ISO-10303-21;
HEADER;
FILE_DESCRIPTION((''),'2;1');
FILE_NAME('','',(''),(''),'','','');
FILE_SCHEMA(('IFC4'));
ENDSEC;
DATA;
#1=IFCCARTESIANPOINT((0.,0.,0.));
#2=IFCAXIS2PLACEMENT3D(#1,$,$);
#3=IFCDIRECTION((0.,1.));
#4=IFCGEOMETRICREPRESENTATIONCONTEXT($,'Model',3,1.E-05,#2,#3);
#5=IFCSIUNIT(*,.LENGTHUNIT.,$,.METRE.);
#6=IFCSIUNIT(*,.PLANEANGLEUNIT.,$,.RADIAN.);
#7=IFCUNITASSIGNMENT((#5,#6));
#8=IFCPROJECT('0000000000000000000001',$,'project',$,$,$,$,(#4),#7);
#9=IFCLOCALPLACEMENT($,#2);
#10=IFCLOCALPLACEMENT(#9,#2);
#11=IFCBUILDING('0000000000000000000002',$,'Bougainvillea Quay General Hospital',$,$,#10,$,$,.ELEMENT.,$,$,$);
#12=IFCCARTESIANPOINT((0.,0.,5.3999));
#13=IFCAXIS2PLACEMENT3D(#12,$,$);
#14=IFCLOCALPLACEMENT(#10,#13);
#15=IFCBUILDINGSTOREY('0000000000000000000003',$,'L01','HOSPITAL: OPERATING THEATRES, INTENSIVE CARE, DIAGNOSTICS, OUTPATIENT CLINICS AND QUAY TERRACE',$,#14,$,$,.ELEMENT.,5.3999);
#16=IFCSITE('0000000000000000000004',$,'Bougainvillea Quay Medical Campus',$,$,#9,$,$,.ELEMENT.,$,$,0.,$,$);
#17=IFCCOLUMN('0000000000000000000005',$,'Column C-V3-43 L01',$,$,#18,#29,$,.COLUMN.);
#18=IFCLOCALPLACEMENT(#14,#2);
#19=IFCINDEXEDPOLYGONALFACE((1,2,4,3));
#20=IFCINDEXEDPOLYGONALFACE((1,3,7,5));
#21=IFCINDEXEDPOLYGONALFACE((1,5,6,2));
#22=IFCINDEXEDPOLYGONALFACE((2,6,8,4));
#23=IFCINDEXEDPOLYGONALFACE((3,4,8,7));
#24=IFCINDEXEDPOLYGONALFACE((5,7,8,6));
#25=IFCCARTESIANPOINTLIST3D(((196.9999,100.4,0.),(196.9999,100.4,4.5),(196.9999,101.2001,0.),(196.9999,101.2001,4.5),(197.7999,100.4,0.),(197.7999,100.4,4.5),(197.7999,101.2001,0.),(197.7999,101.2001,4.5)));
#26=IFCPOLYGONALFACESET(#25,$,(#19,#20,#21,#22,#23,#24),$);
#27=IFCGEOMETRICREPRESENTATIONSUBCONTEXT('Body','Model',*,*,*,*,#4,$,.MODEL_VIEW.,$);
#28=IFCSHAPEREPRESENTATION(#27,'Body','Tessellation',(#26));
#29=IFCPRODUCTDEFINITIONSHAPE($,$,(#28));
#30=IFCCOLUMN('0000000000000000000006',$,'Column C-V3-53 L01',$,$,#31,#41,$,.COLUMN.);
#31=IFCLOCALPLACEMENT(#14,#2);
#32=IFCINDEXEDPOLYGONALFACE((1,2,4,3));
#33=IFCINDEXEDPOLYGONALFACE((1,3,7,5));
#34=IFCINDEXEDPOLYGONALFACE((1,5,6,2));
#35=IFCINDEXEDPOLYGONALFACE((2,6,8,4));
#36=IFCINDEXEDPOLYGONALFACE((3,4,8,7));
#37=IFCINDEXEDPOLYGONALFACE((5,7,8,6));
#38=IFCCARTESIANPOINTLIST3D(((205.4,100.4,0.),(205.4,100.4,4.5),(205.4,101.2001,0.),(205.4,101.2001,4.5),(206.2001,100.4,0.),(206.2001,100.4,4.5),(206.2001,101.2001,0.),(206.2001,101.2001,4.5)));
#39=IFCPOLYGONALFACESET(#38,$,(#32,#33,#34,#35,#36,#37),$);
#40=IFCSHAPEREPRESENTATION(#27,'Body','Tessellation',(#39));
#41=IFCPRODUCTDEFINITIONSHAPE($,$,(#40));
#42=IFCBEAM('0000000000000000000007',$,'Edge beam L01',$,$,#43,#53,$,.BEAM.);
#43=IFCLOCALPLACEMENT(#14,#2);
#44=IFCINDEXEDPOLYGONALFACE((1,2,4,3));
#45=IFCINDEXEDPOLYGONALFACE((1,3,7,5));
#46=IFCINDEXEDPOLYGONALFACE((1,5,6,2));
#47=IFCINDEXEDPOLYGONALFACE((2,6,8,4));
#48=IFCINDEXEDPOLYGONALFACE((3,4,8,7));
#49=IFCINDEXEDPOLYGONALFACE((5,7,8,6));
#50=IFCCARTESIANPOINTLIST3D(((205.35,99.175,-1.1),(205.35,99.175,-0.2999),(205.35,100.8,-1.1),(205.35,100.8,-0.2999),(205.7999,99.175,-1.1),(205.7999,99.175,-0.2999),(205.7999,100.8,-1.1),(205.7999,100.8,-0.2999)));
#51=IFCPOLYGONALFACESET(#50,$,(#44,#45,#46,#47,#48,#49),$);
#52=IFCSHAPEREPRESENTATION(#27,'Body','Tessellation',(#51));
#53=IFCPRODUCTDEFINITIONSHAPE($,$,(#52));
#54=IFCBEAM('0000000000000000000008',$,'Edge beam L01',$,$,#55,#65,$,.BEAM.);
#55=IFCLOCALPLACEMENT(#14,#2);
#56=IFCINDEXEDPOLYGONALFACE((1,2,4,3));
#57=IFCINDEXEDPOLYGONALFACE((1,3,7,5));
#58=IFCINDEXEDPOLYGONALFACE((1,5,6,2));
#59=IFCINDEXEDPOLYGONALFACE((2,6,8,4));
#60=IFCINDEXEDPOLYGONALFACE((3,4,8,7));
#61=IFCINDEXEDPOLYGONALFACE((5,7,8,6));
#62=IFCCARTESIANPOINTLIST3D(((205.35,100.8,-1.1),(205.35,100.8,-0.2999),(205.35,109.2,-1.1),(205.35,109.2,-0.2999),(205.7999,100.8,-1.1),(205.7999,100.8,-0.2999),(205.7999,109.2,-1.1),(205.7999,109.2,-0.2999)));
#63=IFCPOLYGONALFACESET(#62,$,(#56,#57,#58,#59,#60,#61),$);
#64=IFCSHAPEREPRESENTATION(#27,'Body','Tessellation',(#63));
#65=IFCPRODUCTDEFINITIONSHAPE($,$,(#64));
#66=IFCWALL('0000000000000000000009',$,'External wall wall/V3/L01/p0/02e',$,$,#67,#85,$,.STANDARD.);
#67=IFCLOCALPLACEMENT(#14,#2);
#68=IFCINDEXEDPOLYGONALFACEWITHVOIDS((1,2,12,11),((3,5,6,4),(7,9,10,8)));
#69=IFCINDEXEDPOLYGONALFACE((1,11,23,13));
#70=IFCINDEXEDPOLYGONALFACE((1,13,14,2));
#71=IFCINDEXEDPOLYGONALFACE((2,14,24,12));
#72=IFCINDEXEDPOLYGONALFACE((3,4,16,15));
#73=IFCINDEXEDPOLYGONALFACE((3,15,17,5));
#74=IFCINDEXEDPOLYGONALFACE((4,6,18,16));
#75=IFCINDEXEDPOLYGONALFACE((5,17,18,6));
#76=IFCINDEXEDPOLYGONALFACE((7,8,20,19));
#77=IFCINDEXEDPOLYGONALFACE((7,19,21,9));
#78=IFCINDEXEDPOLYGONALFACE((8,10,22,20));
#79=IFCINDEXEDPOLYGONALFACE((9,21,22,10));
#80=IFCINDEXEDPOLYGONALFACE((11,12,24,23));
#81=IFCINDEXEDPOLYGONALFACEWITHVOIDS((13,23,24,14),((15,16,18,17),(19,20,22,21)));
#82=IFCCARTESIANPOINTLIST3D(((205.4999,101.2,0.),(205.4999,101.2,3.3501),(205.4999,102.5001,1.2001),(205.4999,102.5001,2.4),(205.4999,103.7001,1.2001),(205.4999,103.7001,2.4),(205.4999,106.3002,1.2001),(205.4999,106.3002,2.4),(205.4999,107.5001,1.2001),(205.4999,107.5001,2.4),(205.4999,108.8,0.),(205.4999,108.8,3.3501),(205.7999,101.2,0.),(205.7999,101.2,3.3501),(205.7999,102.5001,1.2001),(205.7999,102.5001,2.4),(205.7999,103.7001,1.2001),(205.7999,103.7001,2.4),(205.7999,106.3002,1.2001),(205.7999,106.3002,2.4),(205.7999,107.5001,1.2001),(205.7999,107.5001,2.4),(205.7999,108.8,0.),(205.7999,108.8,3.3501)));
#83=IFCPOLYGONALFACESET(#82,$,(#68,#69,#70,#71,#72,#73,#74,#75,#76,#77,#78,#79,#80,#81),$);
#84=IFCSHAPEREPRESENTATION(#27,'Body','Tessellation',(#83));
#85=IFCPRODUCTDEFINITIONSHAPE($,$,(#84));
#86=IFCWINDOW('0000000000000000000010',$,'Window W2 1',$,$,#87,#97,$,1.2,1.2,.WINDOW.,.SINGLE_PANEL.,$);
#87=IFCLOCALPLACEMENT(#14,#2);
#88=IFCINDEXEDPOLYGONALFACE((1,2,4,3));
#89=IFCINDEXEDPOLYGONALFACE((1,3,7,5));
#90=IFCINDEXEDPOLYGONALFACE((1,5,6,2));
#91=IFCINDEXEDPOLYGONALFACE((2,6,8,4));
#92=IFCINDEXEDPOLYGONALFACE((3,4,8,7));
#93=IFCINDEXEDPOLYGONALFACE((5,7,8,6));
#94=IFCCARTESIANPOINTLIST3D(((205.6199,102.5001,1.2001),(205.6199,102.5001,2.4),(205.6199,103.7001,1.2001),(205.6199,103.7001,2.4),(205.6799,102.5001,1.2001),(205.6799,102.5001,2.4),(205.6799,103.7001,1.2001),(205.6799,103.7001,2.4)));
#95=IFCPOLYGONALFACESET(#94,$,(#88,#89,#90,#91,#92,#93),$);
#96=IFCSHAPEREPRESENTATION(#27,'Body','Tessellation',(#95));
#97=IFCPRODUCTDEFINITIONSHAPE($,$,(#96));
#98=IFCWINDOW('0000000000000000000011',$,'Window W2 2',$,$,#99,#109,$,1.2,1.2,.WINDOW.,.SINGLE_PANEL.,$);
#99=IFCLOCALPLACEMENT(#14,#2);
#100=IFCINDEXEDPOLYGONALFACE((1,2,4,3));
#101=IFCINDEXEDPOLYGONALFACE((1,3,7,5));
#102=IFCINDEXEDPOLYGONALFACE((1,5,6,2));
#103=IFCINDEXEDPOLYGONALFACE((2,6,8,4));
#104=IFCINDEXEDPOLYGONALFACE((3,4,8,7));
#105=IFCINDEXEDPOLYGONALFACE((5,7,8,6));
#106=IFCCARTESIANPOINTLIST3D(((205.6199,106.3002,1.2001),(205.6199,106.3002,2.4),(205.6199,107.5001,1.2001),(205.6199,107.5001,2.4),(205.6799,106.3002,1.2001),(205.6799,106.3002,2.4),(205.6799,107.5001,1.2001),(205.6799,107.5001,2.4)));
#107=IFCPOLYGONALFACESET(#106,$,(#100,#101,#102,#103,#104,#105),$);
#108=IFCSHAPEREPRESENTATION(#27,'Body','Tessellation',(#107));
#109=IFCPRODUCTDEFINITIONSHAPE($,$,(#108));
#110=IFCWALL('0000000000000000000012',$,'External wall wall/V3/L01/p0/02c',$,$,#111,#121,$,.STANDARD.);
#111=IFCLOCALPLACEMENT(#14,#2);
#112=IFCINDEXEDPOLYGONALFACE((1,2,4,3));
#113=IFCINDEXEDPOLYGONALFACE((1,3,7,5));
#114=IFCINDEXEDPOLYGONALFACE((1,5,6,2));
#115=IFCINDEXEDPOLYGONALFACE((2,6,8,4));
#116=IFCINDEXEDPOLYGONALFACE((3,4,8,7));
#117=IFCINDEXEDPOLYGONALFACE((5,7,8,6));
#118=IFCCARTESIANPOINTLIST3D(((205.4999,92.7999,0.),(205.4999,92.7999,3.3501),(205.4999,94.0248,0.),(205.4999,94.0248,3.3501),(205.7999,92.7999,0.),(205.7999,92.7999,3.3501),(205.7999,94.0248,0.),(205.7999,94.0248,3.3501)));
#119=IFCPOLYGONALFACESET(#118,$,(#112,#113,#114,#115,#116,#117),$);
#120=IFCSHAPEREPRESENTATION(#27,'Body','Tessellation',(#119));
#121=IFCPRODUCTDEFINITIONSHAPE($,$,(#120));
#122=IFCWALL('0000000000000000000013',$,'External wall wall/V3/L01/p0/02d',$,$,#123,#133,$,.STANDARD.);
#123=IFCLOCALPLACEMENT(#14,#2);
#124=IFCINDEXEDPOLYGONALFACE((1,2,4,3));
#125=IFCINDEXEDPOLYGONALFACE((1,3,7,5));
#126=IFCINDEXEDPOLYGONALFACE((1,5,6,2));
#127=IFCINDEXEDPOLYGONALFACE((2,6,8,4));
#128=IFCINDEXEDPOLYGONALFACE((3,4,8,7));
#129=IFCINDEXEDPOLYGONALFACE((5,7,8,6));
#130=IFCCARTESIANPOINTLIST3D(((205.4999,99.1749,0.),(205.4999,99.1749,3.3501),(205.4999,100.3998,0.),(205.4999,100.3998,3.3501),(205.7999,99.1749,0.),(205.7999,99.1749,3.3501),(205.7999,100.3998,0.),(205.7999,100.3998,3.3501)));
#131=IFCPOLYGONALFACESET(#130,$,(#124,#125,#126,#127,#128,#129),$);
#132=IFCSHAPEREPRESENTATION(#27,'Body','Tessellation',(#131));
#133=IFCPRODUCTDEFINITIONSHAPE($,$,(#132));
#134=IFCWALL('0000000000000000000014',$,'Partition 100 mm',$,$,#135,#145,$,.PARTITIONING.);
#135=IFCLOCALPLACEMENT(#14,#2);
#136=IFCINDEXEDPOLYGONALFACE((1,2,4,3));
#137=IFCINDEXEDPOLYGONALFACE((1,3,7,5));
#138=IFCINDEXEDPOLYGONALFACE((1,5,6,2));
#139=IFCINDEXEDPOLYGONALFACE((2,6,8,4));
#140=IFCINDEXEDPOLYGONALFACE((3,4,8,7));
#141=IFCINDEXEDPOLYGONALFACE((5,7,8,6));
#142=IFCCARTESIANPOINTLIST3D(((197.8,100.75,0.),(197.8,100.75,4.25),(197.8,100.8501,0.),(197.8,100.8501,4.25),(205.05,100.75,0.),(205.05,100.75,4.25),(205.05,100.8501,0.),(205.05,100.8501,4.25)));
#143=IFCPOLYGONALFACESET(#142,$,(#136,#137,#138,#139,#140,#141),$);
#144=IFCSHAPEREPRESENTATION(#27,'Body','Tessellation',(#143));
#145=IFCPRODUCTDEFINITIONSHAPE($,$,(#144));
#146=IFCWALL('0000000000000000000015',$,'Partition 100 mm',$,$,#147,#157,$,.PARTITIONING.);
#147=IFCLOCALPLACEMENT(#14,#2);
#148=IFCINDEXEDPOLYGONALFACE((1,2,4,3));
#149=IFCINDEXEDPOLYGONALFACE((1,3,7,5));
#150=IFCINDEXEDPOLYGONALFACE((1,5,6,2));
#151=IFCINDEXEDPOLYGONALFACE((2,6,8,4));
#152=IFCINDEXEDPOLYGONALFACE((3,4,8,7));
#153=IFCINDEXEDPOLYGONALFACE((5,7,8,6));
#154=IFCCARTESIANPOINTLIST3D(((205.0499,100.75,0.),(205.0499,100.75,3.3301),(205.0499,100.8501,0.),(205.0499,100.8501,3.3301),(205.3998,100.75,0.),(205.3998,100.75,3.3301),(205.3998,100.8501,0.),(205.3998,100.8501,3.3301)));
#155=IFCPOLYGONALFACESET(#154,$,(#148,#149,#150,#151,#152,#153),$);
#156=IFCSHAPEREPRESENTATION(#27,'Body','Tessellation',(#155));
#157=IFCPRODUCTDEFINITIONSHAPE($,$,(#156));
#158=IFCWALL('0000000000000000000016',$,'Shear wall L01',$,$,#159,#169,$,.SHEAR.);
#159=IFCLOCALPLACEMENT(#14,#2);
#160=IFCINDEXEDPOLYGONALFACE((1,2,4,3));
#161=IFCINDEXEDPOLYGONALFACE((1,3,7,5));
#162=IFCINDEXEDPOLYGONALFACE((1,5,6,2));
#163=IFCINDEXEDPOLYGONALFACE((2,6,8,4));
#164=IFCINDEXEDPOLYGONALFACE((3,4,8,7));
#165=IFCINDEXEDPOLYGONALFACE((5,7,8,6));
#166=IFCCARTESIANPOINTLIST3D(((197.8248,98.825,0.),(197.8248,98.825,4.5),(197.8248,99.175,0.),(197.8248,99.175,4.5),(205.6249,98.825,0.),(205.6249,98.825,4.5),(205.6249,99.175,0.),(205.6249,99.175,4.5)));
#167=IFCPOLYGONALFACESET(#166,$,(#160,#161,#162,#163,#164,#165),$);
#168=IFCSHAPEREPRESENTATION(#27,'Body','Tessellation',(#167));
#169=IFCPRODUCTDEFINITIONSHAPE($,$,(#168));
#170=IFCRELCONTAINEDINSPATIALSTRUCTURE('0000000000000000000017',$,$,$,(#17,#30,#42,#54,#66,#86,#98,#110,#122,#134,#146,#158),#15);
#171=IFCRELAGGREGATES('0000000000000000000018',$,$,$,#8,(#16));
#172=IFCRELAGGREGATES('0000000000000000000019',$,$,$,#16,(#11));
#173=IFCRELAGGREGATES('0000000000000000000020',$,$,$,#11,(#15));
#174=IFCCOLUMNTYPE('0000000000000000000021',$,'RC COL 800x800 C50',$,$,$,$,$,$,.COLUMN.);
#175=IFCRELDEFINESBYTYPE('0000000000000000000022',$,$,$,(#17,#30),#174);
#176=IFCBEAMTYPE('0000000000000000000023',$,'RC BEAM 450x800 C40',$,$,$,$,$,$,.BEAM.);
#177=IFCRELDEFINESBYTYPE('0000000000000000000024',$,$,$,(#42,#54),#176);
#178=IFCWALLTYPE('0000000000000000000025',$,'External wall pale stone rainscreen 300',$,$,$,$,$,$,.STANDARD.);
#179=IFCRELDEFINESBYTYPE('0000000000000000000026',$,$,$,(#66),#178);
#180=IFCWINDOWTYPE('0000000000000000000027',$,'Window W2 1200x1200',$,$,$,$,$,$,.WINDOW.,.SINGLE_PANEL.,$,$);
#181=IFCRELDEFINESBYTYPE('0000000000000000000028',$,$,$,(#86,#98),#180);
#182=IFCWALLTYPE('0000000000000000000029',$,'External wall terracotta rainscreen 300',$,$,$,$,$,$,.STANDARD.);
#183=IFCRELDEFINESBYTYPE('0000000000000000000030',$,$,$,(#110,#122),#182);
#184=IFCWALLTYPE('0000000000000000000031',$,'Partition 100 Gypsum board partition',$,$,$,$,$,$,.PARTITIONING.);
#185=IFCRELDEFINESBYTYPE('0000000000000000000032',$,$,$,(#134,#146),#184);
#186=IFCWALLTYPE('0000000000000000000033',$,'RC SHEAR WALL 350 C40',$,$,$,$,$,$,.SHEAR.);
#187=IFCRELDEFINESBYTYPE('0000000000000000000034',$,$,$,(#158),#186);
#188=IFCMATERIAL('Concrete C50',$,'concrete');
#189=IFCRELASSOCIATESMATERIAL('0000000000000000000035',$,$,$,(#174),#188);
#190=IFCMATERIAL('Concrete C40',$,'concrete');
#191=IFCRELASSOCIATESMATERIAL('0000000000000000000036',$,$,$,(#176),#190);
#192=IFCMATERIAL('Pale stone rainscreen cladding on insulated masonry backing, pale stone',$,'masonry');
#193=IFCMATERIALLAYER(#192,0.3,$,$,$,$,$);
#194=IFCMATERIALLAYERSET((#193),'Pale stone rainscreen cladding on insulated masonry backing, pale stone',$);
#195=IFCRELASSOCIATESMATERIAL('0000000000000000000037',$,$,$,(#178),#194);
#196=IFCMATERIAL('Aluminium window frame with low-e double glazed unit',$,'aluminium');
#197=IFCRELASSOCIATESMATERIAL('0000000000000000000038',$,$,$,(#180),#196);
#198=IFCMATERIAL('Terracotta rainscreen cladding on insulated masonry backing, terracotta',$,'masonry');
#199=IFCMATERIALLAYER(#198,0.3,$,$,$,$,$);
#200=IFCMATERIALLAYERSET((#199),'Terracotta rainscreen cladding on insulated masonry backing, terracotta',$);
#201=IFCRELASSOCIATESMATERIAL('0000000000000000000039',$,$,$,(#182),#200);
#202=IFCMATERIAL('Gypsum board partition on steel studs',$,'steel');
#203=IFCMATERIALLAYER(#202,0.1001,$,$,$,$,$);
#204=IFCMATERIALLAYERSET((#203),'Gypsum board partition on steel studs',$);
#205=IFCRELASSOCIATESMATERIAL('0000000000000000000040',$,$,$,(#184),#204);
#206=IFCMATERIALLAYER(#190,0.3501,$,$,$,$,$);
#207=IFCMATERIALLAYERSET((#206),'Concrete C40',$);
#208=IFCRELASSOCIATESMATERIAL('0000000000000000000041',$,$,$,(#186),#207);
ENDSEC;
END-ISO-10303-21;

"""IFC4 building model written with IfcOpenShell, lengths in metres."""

from ifc_helpers import new_model, si_unit, direction, frame, frame_2d, origin, origin_2d, place, context, subcontext, project, spatial, rectangle, extrude, material, layer, layer_set, material_profile, profile_set, type_object, element, fill, save


model = new_model("IFC4")

# Units and contexts
model_context = context("Model", 3, precision=1e-05, world=origin(), true_north=direction((0.0, 1.0)))
body_context = subcontext(model_context, "Body", "Model", "MODEL_VIEW")
ifc_project = project(units=[si_unit("LENGTHUNIT", "METRE"), si_unit("PLANEANGLEUNIT", "RADIAN")], contexts=[model_context])

# Site, building, storey
site_placement = place(None, origin())
site = spatial("IfcSite", under=ifc_project, at=site_placement, Name="Bougainvillea Quay Medical Campus", CompositionType="ELEMENT", RefElevation=0.0)
building_placement = place(site_placement, origin())
building = spatial("IfcBuilding", under=site, at=building_placement, Name="Bougainvillea Quay General Hospital", CompositionType="ELEMENT")
storey_placement = place(building_placement, frame((0.0, 0.0, 5.3999)))
storey = spatial("IfcBuildingStorey", under=building, at=storey_placement, Name="L01", Description="HOSPITAL: OPERATING THEATRES, INTENSIVE CARE, DIAGNOSTICS, OUTPATIENT CLINICS AND QUAY TERRACE", CompositionType="ELEMENT", Elevation=5.3999)

# Columns
ifc_material_1 = material(Name="Concrete C50", Category="concrete")
ifc_material_profile_1 = material_profile(ifc_material_1, rectangle(XDim=0.8, YDim=0.8, at=origin_2d()))
ifc_profile_set_1 = profile_set([ifc_material_profile_1], Name="Concrete C50")
column_type = type_object("IfcColumnType", Name="RC COL 800x800 C50", PredefinedType="COLUMN", material=ifc_profile_set_1)
for number, where, z_axis, x_axis, name in (
    (1, (197.3999, 100.8, 0.0), (0.0, 0.0, 1.0), (1.0, 0.0, 0.0), "Column C-V3-43 L01"),
    (2, (205.8, 100.8, 0.0), (0.0, 0.0, 1.0), (1.0, 0.0, 0.0), "Column C-V3-53 L01"),
):
    element("IfcColumn", number, at=place(storey_placement, frame(where, z_axis=z_axis, x_axis=x_axis)), inside=storey, type_object=column_type, Name=name, PredefinedType="COLUMN", context=body_context, shape_type="SweptSolid", body=[
        extrude(rectangle(XDim=0.8, YDim=0.8, at=origin_2d()), origin(), (0.0, 0.0, 1.0), 4.5),
    ])

# Beams
ifc_material_2 = material(Name="Concrete C40", Category="concrete")
ifc_material_profile_2 = material_profile(ifc_material_2, rectangle(XDim=0.45, YDim=0.8, at=origin_2d()))
ifc_profile_set_2 = profile_set([ifc_material_profile_2], Name="Concrete C40")
beam_type = type_object("IfcBeamType", Name="RC BEAM 450x800 C40", PredefinedType="BEAM", material=ifc_profile_set_2)
beam_1_placement = place(storey_placement, frame((205.575, 99.175, -0.7), z_axis=(0.0, 1.0, 0.0), x_axis=(-1.0, 0.0, 0.0)))
element("IfcBeam", 3, at=beam_1_placement, inside=storey, type_object=beam_type, Name="Edge beam L01", PredefinedType="BEAM", context=body_context, shape_type="SweptSolid", body=[
    extrude(rectangle(XDim=0.45, YDim=0.8, at=origin_2d()), origin(), (0.0, 0.0, 1.0), 1.625),
])
beam_2_placement = place(storey_placement, frame((205.575, 100.8, -0.7), z_axis=(0.0, 1.0, 0.0), x_axis=(-1.0, 0.0, 0.0)))
element("IfcBeam", 4, at=beam_2_placement, inside=storey, type_object=beam_type, Name="Edge beam L01", PredefinedType="BEAM", context=body_context, shape_type="SweptSolid", body=[
    extrude(rectangle(XDim=0.45, YDim=0.8, at=origin_2d()), origin(), (0.0, 0.0, 1.0), 8.3999),
])

# Wall, openings, windows
ifc_material_3 = material(Name="Pale stone rainscreen cladding on insulated masonry backing, pale stone", Category="masonry")
ifc_layer_1 = layer(ifc_material_3, 0.3)
ifc_layer_set_1 = layer_set([ifc_layer_1], Name="Pale stone rainscreen cladding on insulated masonry backing, pale stone")
wall_type_1 = type_object("IfcWallType", Name="External wall pale stone rainscreen 300", PredefinedType="STANDARD", material=ifc_layer_set_1)
wall_1_placement = place(storey_placement, frame((205.6499, 101.2, 0.0), z_axis=(0.0, 0.0, 1.0), x_axis=(0.0, 1.0, 0.0)))
wall_1 = element("IfcWall", 5, at=wall_1_placement, inside=storey, type_object=wall_type_1, Name="External wall wall/V3/L01/p0/02e", PredefinedType="STANDARD", context=body_context, shape_type="SweptSolid", body=[
    extrude(rectangle(XDim=7.6001, YDim=0.3, at=frame_2d((3.8, 0.0))), origin(), (0.0, 0.0, 1.0), 3.3501),
])
opening_1_placement = place(wall_1_placement, frame((1.3, 0.0, 1.2)))
opening_1 = element("IfcOpeningElement", 6, at=opening_1_placement, cuts=wall_1, PredefinedType="OPENING", context=body_context, shape_type="SweptSolid", body=[
    extrude(rectangle(XDim=1.2, YDim=1.2, at=frame_2d((0.6001, 0.6001))), frame((0.0, 0.1599, 0.0), z_axis=(0.0, -1.0, 0.0), x_axis=(1.0, 0.0, 0.0)), (0.0, 0.0, 1.0), 0.3201),
])
opening_2_placement = place(wall_1_placement, frame((5.1001, 0.0, 1.2)))
opening_2 = element("IfcOpeningElement", 7, at=opening_2_placement, cuts=wall_1, PredefinedType="OPENING", context=body_context, shape_type="SweptSolid", body=[
    extrude(rectangle(XDim=1.2, YDim=1.2, at=frame_2d((0.6001, 0.6001))), frame((0.0, 0.1599, 0.0), z_axis=(0.0, -1.0, 0.0), x_axis=(1.0, 0.0, 0.0)), (0.0, 0.0, 1.0), 0.3201),
])
ifc_material_4 = material(Name="Aluminium window frame with low-e double glazed unit", Category="aluminium")
window_type = type_object("IfcWindowType", Name="Window W2 1200x1200", PartitioningType="SINGLE_PANEL", PredefinedType="WINDOW", material=ifc_material_4)
window_1_placement = place(opening_1_placement, origin())
window_1 = element("IfcWindow", 8, at=window_1_placement, inside=storey, type_object=window_type, Name="Window W2 1", OverallHeight=1.2, OverallWidth=1.2, PartitioningType="SINGLE_PANEL", PredefinedType="WINDOW", context=body_context, shape_type="SweptSolid", body=[
    extrude(rectangle(XDim=1.2, YDim=1.2, at=frame_2d((0.6001, 0.6001))), frame((0.0, 0.03, 0.0), z_axis=(0.0, -1.0, 0.0), x_axis=(1.0, 0.0, 0.0)), (0.0, 0.0, 1.0), 0.0601),
])
fill(opening_1, window_1)
window_2_placement = place(opening_2_placement, origin())
window_2 = element("IfcWindow", 9, at=window_2_placement, inside=storey, type_object=window_type, Name="Window W2 2", OverallHeight=1.2, OverallWidth=1.2, PartitioningType="SINGLE_PANEL", PredefinedType="WINDOW", context=body_context, shape_type="SweptSolid", body=[
    extrude(rectangle(XDim=1.2, YDim=1.2, at=frame_2d((0.6001, 0.6001))), frame((0.0, 0.03, 0.0), z_axis=(0.0, -1.0, 0.0), x_axis=(1.0, 0.0, 0.0)), (0.0, 0.0, 1.0), 0.0601),
])
fill(opening_2, window_2)

# Walls
ifc_material_5 = material(Name="Terracotta rainscreen cladding on insulated masonry backing, terracotta", Category="masonry")
ifc_layer_2 = layer(ifc_material_5, 0.3)
ifc_layer_set_2 = layer_set([ifc_layer_2], Name="Terracotta rainscreen cladding on insulated masonry backing, terracotta")
wall_type_2 = type_object("IfcWallType", Name="External wall terracotta rainscreen 300", PredefinedType="STANDARD", material=ifc_layer_set_2)
for number, where, z_axis, x_axis, name in (
    (10, (205.6499, 92.8, 0.0), (0.0, 0.0, 1.0), (0.0, 1.0, 0.0), "External wall wall/V3/L01/p0/02c"),
    (11, (205.6499, 99.175, 0.0), (0.0, 0.0, 1.0), (0.0, 1.0, 0.0), "External wall wall/V3/L01/p0/02d"),
):
    element("IfcWall", number, at=place(storey_placement, frame(where, z_axis=z_axis, x_axis=x_axis)), inside=storey, type_object=wall_type_2, Name=name, PredefinedType="STANDARD", context=body_context, shape_type="SweptSolid", body=[
        extrude(rectangle(XDim=1.2249, YDim=0.3, at=frame_2d((0.6123, 0.0))), origin(), (0.0, 0.0, 1.0), 3.3501),
    ])
ifc_material_6 = material(Name="Gypsum board partition on steel studs", Category="steel")
ifc_layer_3 = layer(ifc_material_6, 0.1001)
ifc_layer_set_3 = layer_set([ifc_layer_3], Name="Gypsum board partition on steel studs")
wall_type_3 = type_object("IfcWallType", Name="Partition 100 Gypsum board partition", PredefinedType="PARTITIONING", material=ifc_layer_set_3)
wall_2_placement = place(storey_placement, frame((197.8, 100.8, 0.0), z_axis=(0.0, 0.0, 1.0), x_axis=(1.0, 0.0, 0.0)))
element("IfcWall", 12, at=wall_2_placement, inside=storey, type_object=wall_type_3, Name="Partition 100 mm", PredefinedType="PARTITIONING", context=body_context, shape_type="SweptSolid", body=[
    extrude(rectangle(XDim=7.25, YDim=0.1001, at=frame_2d((3.625, 0.0))), origin(), (0.0, 0.0, 1.0), 4.25),
])
wall_3_placement = place(storey_placement, frame((205.05, 100.8, 0.0), z_axis=(0.0, 0.0, 1.0), x_axis=(1.0, 0.0, 0.0)))
element("IfcWall", 13, at=wall_3_placement, inside=storey, type_object=wall_type_3, Name="Partition 100 mm", PredefinedType="PARTITIONING", context=body_context, shape_type="SweptSolid", body=[
    extrude(rectangle(XDim=0.3499, YDim=0.1001, at=frame_2d((0.1748, 0.0))), origin(), (0.0, 0.0, 1.0), 3.3301),
])
ifc_layer_4 = layer(ifc_material_2, 0.3501)
ifc_layer_set_4 = layer_set([ifc_layer_4], Name="Concrete C40")
wall_type_4 = type_object("IfcWallType", Name="RC SHEAR WALL 350 C40", PredefinedType="SHEAR", material=ifc_layer_set_4)
wall_4_placement = place(storey_placement, frame((197.825, 99.0, 0.0), z_axis=(0.0, 0.0, 1.0), x_axis=(1.0, 0.0, 0.0)))
element("IfcWall", 14, at=wall_4_placement, inside=storey, type_object=wall_type_4, Name="Shear wall L01", PredefinedType="SHEAR", context=body_context, shape_type="SweptSolid", body=[
    extrude(rectangle(XDim=7.8, YDim=0.3501, at=frame_2d((3.8999, 0.0))), origin(), (0.0, 0.0, 1.0), 4.5),
])

save(model, "model.ifc")
